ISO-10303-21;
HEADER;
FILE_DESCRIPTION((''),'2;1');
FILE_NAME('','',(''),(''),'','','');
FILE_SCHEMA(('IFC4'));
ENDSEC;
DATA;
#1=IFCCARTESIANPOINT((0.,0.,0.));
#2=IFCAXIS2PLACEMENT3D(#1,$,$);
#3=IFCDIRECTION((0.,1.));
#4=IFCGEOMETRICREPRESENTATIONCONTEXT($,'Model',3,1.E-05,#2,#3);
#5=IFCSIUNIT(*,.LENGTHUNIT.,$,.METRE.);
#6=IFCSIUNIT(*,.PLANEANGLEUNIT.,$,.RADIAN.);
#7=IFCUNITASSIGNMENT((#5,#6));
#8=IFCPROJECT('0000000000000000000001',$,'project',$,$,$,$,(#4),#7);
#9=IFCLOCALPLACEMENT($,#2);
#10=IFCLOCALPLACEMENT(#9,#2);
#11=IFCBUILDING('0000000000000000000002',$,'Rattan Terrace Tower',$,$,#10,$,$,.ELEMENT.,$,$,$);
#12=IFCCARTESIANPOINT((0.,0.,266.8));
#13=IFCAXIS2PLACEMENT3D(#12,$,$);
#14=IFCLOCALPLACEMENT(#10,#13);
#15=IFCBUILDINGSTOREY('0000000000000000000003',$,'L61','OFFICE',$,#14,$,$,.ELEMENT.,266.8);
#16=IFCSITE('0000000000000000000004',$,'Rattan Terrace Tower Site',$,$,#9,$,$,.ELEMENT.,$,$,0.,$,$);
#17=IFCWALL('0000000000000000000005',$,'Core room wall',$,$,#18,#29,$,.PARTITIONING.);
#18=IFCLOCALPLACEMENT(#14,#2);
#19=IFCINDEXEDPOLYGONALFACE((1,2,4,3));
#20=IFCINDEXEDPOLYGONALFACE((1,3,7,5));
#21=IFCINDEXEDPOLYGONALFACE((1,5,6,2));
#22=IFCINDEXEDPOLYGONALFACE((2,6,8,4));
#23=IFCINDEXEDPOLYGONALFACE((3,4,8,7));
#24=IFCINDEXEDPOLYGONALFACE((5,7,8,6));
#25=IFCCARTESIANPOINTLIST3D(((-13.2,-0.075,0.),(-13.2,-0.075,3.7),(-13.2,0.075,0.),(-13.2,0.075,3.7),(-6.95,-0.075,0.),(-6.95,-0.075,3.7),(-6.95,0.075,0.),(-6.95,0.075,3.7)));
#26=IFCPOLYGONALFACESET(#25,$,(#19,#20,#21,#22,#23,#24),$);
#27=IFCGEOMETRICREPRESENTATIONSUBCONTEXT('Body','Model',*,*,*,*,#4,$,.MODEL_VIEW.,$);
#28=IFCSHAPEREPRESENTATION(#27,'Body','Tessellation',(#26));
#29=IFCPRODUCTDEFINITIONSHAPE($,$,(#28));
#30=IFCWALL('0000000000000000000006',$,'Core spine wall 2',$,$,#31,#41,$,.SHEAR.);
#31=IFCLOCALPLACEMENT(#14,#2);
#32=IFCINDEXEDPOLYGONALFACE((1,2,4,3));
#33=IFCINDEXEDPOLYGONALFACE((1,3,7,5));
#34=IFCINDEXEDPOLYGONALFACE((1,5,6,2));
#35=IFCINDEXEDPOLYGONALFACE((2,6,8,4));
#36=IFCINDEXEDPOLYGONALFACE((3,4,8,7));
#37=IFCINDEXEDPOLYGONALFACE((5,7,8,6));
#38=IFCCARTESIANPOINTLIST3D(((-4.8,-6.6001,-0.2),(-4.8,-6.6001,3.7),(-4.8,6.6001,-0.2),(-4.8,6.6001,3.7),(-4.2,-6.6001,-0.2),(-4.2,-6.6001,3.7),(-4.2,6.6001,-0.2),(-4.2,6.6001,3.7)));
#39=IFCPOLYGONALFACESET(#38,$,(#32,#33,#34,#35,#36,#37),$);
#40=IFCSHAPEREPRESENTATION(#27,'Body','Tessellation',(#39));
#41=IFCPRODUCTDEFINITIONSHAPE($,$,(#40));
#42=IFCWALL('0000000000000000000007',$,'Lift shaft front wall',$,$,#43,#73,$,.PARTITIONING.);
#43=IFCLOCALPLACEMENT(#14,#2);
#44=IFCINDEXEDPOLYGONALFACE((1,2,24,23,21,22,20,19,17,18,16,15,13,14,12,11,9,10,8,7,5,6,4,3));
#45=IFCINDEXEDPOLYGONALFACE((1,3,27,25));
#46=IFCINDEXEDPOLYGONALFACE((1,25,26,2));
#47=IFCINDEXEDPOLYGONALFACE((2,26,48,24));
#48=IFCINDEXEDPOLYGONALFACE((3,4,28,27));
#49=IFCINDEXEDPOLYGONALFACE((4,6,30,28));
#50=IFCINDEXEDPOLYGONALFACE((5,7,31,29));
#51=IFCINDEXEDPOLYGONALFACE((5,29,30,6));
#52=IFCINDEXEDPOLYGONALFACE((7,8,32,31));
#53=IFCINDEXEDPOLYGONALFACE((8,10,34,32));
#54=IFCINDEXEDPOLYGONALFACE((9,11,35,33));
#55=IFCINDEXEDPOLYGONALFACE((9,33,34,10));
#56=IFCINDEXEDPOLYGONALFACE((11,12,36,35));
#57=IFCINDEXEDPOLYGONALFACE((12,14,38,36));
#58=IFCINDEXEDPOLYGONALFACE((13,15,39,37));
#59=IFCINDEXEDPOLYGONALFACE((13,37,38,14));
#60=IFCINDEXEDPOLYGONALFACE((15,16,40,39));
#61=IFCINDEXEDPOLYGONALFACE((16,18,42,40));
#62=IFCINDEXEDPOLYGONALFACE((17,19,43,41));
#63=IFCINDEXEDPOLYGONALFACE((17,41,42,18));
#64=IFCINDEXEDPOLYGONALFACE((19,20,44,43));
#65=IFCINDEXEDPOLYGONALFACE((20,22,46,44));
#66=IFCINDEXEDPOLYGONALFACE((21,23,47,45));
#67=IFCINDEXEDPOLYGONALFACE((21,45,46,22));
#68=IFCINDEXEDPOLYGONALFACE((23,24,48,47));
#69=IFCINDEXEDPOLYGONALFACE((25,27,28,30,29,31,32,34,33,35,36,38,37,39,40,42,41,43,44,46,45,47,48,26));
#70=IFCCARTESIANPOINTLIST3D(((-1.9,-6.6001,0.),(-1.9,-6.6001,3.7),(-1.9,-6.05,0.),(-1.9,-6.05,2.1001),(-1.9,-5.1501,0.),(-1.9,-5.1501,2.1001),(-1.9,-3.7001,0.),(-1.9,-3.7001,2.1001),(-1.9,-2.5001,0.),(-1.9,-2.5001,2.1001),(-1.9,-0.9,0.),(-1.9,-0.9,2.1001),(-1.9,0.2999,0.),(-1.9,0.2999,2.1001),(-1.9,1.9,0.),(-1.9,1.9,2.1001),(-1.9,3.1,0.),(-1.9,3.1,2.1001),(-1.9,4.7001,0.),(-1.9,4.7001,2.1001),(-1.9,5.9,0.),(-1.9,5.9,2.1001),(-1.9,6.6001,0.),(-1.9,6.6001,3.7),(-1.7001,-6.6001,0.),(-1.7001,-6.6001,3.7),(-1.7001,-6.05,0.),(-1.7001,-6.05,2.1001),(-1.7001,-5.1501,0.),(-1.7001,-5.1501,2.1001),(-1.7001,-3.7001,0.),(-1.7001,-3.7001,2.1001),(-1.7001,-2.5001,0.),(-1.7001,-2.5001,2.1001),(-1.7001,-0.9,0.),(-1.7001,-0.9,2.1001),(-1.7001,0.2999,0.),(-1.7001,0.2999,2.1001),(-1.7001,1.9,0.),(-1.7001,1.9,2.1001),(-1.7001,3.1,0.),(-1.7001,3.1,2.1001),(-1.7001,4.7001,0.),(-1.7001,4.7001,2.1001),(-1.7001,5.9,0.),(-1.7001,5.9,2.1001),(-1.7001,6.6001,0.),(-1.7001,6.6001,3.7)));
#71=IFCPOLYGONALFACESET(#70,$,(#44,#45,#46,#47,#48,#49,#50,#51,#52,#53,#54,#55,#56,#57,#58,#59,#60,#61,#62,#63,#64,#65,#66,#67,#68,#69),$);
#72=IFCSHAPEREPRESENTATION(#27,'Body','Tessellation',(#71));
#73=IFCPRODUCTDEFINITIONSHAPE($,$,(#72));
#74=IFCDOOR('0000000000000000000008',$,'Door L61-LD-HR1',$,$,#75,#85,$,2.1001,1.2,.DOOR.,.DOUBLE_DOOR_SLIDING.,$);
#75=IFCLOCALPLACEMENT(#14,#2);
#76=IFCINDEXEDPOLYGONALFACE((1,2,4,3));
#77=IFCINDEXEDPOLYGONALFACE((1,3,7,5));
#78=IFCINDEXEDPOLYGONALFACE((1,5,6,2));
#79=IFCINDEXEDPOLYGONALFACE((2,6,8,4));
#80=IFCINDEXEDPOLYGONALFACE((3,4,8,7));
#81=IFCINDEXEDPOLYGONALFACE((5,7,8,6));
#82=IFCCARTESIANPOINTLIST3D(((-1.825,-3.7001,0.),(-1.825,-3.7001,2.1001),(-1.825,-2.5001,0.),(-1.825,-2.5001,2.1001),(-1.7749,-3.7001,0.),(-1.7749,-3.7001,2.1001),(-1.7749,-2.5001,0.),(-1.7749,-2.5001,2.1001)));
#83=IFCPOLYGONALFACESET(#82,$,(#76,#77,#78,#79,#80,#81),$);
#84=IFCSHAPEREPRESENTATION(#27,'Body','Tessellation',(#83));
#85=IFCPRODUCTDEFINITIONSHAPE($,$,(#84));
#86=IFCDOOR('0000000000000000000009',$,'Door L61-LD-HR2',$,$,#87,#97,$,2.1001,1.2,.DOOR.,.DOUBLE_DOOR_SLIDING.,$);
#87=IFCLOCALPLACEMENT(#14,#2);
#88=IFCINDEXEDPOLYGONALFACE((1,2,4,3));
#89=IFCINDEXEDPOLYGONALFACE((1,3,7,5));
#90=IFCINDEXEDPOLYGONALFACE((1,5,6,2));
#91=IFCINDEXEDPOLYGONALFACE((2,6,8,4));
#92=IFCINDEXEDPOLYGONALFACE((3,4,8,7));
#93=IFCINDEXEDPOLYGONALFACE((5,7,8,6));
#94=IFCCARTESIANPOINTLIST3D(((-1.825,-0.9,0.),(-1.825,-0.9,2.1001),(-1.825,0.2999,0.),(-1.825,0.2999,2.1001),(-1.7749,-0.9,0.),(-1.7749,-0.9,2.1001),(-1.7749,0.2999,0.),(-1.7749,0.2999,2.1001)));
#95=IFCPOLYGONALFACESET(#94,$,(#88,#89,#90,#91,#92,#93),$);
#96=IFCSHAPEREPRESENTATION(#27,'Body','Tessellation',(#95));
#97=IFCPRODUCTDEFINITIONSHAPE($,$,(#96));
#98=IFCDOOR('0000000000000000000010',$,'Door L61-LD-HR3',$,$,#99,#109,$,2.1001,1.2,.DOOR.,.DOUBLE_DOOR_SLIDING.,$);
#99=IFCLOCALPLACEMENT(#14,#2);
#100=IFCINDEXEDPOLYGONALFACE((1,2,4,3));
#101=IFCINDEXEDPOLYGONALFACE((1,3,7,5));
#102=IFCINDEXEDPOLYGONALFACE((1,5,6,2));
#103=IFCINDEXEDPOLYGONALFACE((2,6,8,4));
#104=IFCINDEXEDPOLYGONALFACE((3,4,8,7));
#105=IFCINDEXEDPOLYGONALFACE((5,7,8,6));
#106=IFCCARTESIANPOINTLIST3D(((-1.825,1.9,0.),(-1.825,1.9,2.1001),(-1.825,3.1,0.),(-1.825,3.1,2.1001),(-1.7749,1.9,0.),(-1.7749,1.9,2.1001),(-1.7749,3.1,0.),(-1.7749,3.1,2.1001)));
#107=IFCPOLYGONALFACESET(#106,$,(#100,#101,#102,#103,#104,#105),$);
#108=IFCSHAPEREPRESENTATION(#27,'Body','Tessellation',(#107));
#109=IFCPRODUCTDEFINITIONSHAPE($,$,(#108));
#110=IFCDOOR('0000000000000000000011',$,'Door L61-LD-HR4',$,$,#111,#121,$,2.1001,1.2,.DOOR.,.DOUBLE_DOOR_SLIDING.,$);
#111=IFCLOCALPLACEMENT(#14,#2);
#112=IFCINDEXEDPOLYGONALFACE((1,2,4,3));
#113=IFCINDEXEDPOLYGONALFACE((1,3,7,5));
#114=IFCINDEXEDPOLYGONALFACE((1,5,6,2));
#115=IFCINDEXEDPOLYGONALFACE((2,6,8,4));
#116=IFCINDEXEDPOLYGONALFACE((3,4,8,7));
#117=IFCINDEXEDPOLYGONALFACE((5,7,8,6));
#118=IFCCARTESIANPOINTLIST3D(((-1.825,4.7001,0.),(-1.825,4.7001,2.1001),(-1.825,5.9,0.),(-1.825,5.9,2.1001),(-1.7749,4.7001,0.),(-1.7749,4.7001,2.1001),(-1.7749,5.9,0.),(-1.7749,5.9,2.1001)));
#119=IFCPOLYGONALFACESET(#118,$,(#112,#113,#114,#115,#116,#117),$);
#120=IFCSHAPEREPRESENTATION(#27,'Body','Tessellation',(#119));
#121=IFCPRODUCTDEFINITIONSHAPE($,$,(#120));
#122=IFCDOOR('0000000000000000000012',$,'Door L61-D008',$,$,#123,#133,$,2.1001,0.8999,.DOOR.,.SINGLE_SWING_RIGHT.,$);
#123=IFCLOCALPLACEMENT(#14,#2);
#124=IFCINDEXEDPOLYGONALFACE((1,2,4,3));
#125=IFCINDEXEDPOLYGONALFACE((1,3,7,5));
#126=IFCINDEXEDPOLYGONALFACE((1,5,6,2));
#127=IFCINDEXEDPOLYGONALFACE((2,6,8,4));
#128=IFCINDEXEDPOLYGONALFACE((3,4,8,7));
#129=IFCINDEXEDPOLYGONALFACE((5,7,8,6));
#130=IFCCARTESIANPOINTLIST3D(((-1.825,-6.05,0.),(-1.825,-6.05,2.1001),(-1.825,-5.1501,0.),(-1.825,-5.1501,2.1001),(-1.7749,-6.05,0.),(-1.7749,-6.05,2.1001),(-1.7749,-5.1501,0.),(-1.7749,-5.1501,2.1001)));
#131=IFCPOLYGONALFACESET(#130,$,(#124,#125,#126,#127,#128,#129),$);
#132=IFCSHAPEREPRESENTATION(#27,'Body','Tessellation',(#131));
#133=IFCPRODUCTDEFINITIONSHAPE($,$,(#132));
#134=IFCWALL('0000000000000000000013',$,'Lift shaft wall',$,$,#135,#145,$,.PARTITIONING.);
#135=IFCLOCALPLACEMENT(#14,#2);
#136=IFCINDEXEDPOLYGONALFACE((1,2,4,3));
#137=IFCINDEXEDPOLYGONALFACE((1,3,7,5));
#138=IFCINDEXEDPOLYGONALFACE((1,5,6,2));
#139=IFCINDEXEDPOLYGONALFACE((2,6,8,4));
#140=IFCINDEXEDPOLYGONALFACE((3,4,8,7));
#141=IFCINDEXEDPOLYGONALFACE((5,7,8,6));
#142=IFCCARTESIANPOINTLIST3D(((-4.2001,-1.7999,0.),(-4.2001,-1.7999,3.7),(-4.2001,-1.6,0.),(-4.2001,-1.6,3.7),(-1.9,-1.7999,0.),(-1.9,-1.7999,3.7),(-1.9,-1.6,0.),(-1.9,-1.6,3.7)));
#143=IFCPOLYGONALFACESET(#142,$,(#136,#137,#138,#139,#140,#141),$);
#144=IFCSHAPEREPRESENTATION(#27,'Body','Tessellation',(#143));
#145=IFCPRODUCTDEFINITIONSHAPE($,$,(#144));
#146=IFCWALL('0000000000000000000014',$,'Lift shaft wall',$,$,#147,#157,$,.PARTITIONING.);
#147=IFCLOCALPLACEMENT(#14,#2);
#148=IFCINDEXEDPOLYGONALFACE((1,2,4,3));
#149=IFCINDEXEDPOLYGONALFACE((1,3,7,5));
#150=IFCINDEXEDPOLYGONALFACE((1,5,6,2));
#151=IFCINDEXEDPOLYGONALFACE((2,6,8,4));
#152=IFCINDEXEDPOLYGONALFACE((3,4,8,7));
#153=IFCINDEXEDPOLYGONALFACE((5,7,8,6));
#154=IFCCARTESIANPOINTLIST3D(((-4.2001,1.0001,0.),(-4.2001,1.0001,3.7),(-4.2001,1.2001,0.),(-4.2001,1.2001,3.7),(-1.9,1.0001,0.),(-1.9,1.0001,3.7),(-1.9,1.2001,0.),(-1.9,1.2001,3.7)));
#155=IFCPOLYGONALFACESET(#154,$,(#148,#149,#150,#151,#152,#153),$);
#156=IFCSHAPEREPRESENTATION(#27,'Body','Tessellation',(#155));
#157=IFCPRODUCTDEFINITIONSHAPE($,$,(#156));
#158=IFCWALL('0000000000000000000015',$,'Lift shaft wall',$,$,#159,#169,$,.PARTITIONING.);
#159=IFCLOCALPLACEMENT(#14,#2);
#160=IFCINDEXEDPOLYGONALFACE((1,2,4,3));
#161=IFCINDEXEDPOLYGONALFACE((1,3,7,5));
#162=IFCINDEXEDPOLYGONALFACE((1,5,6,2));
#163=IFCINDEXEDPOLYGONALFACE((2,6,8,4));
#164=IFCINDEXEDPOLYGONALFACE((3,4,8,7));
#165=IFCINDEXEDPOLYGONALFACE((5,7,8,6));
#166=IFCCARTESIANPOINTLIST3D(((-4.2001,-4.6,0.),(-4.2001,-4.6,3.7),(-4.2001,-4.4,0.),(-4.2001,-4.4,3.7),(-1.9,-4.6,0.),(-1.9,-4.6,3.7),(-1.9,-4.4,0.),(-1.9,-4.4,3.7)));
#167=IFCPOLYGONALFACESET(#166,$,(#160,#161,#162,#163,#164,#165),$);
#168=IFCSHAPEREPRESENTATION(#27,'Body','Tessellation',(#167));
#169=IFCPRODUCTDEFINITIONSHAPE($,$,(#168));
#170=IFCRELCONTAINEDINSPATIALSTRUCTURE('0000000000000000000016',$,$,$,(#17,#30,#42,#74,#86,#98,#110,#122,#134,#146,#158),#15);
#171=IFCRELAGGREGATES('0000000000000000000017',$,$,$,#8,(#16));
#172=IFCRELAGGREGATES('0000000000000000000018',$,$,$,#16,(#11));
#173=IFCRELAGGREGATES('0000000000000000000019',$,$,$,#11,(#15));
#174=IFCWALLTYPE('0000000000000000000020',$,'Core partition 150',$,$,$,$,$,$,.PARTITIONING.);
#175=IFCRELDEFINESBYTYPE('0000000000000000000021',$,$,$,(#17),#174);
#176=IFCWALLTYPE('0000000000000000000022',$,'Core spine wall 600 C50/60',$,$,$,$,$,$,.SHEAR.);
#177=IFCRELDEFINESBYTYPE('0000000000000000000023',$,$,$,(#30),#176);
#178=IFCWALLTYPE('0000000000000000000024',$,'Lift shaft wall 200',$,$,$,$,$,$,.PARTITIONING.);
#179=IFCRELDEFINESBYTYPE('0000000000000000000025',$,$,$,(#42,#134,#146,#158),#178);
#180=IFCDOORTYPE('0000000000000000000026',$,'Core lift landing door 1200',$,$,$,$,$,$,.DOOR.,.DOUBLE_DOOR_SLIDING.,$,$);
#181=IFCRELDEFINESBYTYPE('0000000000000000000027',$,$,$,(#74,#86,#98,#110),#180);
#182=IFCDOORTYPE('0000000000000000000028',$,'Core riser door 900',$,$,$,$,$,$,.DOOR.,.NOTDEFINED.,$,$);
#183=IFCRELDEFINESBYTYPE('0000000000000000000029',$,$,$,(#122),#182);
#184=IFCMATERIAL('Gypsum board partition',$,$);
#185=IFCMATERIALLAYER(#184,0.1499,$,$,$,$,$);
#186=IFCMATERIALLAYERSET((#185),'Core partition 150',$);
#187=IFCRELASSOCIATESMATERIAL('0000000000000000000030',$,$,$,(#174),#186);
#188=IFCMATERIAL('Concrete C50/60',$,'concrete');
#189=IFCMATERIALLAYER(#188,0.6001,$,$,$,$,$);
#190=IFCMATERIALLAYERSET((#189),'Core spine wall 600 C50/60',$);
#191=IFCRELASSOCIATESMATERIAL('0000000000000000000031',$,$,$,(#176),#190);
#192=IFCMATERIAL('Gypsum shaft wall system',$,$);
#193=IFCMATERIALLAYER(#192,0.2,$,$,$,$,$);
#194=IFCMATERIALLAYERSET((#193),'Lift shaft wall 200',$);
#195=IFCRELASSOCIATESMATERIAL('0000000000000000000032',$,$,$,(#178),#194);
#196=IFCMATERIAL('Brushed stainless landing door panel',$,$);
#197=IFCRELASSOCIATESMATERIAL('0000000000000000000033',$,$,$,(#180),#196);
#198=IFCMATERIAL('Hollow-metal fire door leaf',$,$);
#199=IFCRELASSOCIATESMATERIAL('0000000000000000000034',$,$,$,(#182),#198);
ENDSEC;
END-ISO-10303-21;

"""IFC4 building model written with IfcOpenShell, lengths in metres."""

from ifc_helpers import new_model, si_unit, direction, frame, frame_2d, origin, place, context, subcontext, project, spatial, rectangle, extrude, material, layer, layer_set, type_object, element, fill, save


model = new_model("IFC4")

# Units and contexts
model_context = context("Model", 3, precision=1e-05, world=origin(), true_north=direction((0.0, 1.0)))
body_context = subcontext(model_context, "Body", "Model", "MODEL_VIEW")
ifc_project = project(units=[si_unit("LENGTHUNIT", "METRE"), si_unit("PLANEANGLEUNIT", "RADIAN")], contexts=[model_context])

# Site, building, storey
site_placement = place(None, origin())
site = spatial("IfcSite", under=ifc_project, at=site_placement, Name="Rattan Terrace Tower Site", CompositionType="ELEMENT", RefElevation=0.0)
building_placement = place(site_placement, origin())
building = spatial("IfcBuilding", under=site, at=building_placement, Name="Rattan Terrace Tower", CompositionType="ELEMENT")
storey_placement = place(building_placement, frame((0.0, 0.0, 266.8)))
storey = spatial("IfcBuildingStorey", under=building, at=storey_placement, Name="L61", Description="OFFICE", CompositionType="ELEMENT", Elevation=266.8)

# Walls
ifc_material_1 = material(Name="Gypsum board partition")
ifc_layer_1 = layer(ifc_material_1, 0.1499)
ifc_layer_set_1 = layer_set([ifc_layer_1], Name="Core partition 150")
wall_type_1 = type_object("IfcWallType", Name="Core partition 150", PredefinedType="PARTITIONING", material=ifc_layer_set_1)
wall_1_placement = place(storey_placement, frame((-13.2, 0.0, 0.0), z_axis=(0.0, 0.0, 1.0), x_axis=(1.0, 0.0, 0.0)))
element("IfcWall", 1, at=wall_1_placement, inside=storey, type_object=wall_type_1, Name="Core room wall", PredefinedType="PARTITIONING", context=body_context, shape_type="SweptSolid", body=[
    extrude(rectangle(XDim=6.25, YDim=0.1499, at=frame_2d((3.125, 0.0))), origin(), (0.0, 0.0, 1.0), 3.7),
])
ifc_material_2 = material(Name="Concrete C50/60", Category="concrete")
ifc_layer_2 = layer(ifc_material_2, 0.6001)
ifc_layer_set_2 = layer_set([ifc_layer_2], Name="Core spine wall 600 C50/60")
wall_type_2 = type_object("IfcWallType", Name="Core spine wall 600 C50/60", PredefinedType="SHEAR", material=ifc_layer_set_2)
wall_2_placement = place(storey_placement, frame((-4.5, -6.6001, -0.2), z_axis=(0.0, 0.0, 1.0), x_axis=(0.0, 1.0, 0.0)))
element("IfcWall", 2, at=wall_2_placement, inside=storey, type_object=wall_type_2, Name="Core spine wall 2", PredefinedType="SHEAR", context=body_context, shape_type="SweptSolid", body=[
    extrude(rectangle(XDim=13.2002, YDim=0.6001, at=frame_2d((6.6001, 0.0))), origin(), (0.0, 0.0, 1.0), 3.8999),
])

# Wall, openings, doors
ifc_material_3 = material(Name="Gypsum shaft wall system")
ifc_layer_3 = layer(ifc_material_3, 0.2)
ifc_layer_set_3 = layer_set([ifc_layer_3], Name="Lift shaft wall 200")
wall_type_3 = type_object("IfcWallType", Name="Lift shaft wall 200", PredefinedType="PARTITIONING", material=ifc_layer_set_3)
wall_3_placement = place(storey_placement, frame((-1.8, -6.6001, 0.0), z_axis=(0.0, 0.0, 1.0), x_axis=(0.0, 1.0, 0.0)))
wall_3 = element("IfcWall", 3, at=wall_3_placement, inside=storey, type_object=wall_type_3, Name="Lift shaft front wall", PredefinedType="PARTITIONING", context=body_context, shape_type="SweptSolid", body=[
    extrude(rectangle(XDim=13.2002, YDim=0.2, at=frame_2d((6.6001, 0.0))), origin(), (0.0, 0.0, 1.0), 3.7),
])
opening_1_placement = place(wall_3_placement, frame((0.55, 0.0, 0.0)))
opening_1 = element("IfcOpeningElement", 4, at=opening_1_placement, cuts=wall_3, PredefinedType="OPENING", context=body_context, shape_type="SweptSolid", body=[
    extrude(rectangle(XDim=0.8999, YDim=2.1001, at=frame_2d((0.45, 1.05))), frame((0.0, 0.1106, 0.0), z_axis=(0.0, -1.0, 0.0), x_axis=(1.0, 0.0, 0.0)), (0.0, 0.0, 1.0), 0.2209),
])
opening_2_placement = place(wall_3_placement, frame((2.8999, 0.0, 0.0)))
opening_2 = element("IfcOpeningElement", 5, at=opening_2_placement, cuts=wall_3, PredefinedType="OPENING", context=body_context, shape_type="SweptSolid", body=[
    extrude(rectangle(XDim=1.2, YDim=2.1001, at=frame_2d((0.6001, 1.05))), frame((0.0, 0.1106, 0.0), z_axis=(0.0, -1.0, 0.0), x_axis=(1.0, 0.0, 0.0)), (0.0, 0.0, 1.0), 0.2209),
])
opening_3_placement = place(wall_3_placement, frame((5.7, 0.0, 0.0)))
opening_3 = element("IfcOpeningElement", 6, at=opening_3_placement, cuts=wall_3, PredefinedType="OPENING", context=body_context, shape_type="SweptSolid", body=[
    extrude(rectangle(XDim=1.2, YDim=2.1001, at=frame_2d((0.6001, 1.05))), frame((0.0, 0.1106, 0.0), z_axis=(0.0, -1.0, 0.0), x_axis=(1.0, 0.0, 0.0)), (0.0, 0.0, 1.0), 0.2209),
])
opening_4_placement = place(wall_3_placement, frame((8.5, 0.0, 0.0)))
opening_4 = element("IfcOpeningElement", 7, at=opening_4_placement, cuts=wall_3, PredefinedType="OPENING", context=body_context, shape_type="SweptSolid", body=[
    extrude(rectangle(XDim=1.2, YDim=2.1001, at=frame_2d((0.6001, 1.05))), frame((0.0, 0.1106, 0.0), z_axis=(0.0, -1.0, 0.0), x_axis=(1.0, 0.0, 0.0)), (0.0, 0.0, 1.0), 0.2209),
])
opening_5_placement = place(wall_3_placement, frame((11.3, 0.0, 0.0)))
opening_5 = element("IfcOpeningElement", 8, at=opening_5_placement, cuts=wall_3, PredefinedType="OPENING", context=body_context, shape_type="SweptSolid", body=[
    extrude(rectangle(XDim=1.2, YDim=2.1001, at=frame_2d((0.6001, 1.05))), frame((0.0, 0.1106, 0.0), z_axis=(0.0, -1.0, 0.0), x_axis=(1.0, 0.0, 0.0)), (0.0, 0.0, 1.0), 0.2209),
])
ifc_material_4 = material(Name="Brushed stainless landing door panel")
door_type_1 = type_object("IfcDoorType", Name="Core lift landing door 1200", OperationType="DOUBLE_DOOR_SLIDING", PredefinedType="DOOR", material=ifc_material_4)
door_1_placement = place(opening_2_placement, origin())
door_1 = element("IfcDoor", 9, at=door_1_placement, inside=storey, type_object=door_type_1, Name="Door L61-LD-HR1", OperationType="DOUBLE_DOOR_SLIDING", OverallHeight=2.1001, OverallWidth=1.2, PredefinedType="DOOR", context=body_context, shape_type="SweptSolid", body=[
    extrude(rectangle(XDim=1.2, YDim=2.1001, at=frame_2d((0.6001, 1.05))), frame((0.0, 0.0249, 0.0), z_axis=(0.0, -1.0, 0.0), x_axis=(1.0, 0.0, 0.0)), (0.0, 0.0, 1.0), 0.05),
])
fill(opening_2, door_1)
door_2_placement = place(opening_3_placement, origin())
door_2 = element("IfcDoor", 10, at=door_2_placement, inside=storey, type_object=door_type_1, Name="Door L61-LD-HR2", OperationType="DOUBLE_DOOR_SLIDING", OverallHeight=2.1001, OverallWidth=1.2, PredefinedType="DOOR", context=body_context, shape_type="SweptSolid", body=[
    extrude(rectangle(XDim=1.2, YDim=2.1001, at=frame_2d((0.6001, 1.05))), frame((0.0, 0.0249, 0.0), z_axis=(0.0, -1.0, 0.0), x_axis=(1.0, 0.0, 0.0)), (0.0, 0.0, 1.0), 0.05),
])
fill(opening_3, door_2)
door_3_placement = place(opening_4_placement, origin())
door_3 = element("IfcDoor", 11, at=door_3_placement, inside=storey, type_object=door_type_1, Name="Door L61-LD-HR3", OperationType="DOUBLE_DOOR_SLIDING", OverallHeight=2.1001, OverallWidth=1.2, PredefinedType="DOOR", context=body_context, shape_type="SweptSolid", body=[
    extrude(rectangle(XDim=1.2, YDim=2.1001, at=frame_2d((0.6001, 1.05))), frame((0.0, 0.0249, 0.0), z_axis=(0.0, -1.0, 0.0), x_axis=(1.0, 0.0, 0.0)), (0.0, 0.0, 1.0), 0.05),
])
fill(opening_4, door_3)
door_4_placement = place(opening_5_placement, origin())
door_4 = element("IfcDoor", 12, at=door_4_placement, inside=storey, type_object=door_type_1, Name="Door L61-LD-HR4", OperationType="DOUBLE_DOOR_SLIDING", OverallHeight=2.1001, OverallWidth=1.2, PredefinedType="DOOR", context=body_context, shape_type="SweptSolid", body=[
    extrude(rectangle(XDim=1.2, YDim=2.1001, at=frame_2d((0.6001, 1.05))), frame((0.0, 0.0249, 0.0), z_axis=(0.0, -1.0, 0.0), x_axis=(1.0, 0.0, 0.0)), (0.0, 0.0, 1.0), 0.05),
])
fill(opening_5, door_4)
ifc_material_5 = material(Name="Hollow-metal fire door leaf")
door_type_2 = type_object("IfcDoorType", Name="Core riser door 900", OperationType="NOTDEFINED", PredefinedType="DOOR", material=ifc_material_5)
door_5_placement = place(opening_1_placement, origin())
door_5 = element("IfcDoor", 13, at=door_5_placement, inside=storey, type_object=door_type_2, Name="Door L61-D008", OperationType="SINGLE_SWING_RIGHT", OverallHeight=2.1001, OverallWidth=0.8999, PredefinedType="DOOR", context=body_context, shape_type="SweptSolid", body=[
    extrude(rectangle(XDim=0.8999, YDim=2.1001, at=frame_2d((0.45, 1.05))), frame((0.0, 0.0249, 0.0), z_axis=(0.0, -1.0, 0.0), x_axis=(1.0, 0.0, 0.0)), (0.0, 0.0, 1.0), 0.05),
])
fill(opening_1, door_5)

# Walls
for number, where, z_axis, x_axis, name in (
    (14, (-4.2, -1.7, 0.0), (0.0, 0.0, 1.0), (1.0, 0.0, 0.0), "Lift shaft wall"),
    (15, (-4.2, 1.1001, 0.0), (0.0, 0.0, 1.0), (1.0, 0.0, 0.0), "Lift shaft wall"),
    (16, (-4.2, -4.5, 0.0), (0.0, 0.0, 1.0), (1.0, 0.0, 0.0), "Lift shaft wall"),
):
    element("IfcWall", number, at=place(storey_placement, frame(where, z_axis=z_axis, x_axis=x_axis)), inside=storey, type_object=wall_type_3, Name=name, PredefinedType="PARTITIONING", context=body_context, shape_type="SweptSolid", body=[
        extrude(rectangle(XDim=2.3, YDim=0.2, at=frame_2d((1.1499, 0.0))), origin(), (0.0, 0.0, 1.0), 3.7),
    ])

save(model, "model.ifc")
